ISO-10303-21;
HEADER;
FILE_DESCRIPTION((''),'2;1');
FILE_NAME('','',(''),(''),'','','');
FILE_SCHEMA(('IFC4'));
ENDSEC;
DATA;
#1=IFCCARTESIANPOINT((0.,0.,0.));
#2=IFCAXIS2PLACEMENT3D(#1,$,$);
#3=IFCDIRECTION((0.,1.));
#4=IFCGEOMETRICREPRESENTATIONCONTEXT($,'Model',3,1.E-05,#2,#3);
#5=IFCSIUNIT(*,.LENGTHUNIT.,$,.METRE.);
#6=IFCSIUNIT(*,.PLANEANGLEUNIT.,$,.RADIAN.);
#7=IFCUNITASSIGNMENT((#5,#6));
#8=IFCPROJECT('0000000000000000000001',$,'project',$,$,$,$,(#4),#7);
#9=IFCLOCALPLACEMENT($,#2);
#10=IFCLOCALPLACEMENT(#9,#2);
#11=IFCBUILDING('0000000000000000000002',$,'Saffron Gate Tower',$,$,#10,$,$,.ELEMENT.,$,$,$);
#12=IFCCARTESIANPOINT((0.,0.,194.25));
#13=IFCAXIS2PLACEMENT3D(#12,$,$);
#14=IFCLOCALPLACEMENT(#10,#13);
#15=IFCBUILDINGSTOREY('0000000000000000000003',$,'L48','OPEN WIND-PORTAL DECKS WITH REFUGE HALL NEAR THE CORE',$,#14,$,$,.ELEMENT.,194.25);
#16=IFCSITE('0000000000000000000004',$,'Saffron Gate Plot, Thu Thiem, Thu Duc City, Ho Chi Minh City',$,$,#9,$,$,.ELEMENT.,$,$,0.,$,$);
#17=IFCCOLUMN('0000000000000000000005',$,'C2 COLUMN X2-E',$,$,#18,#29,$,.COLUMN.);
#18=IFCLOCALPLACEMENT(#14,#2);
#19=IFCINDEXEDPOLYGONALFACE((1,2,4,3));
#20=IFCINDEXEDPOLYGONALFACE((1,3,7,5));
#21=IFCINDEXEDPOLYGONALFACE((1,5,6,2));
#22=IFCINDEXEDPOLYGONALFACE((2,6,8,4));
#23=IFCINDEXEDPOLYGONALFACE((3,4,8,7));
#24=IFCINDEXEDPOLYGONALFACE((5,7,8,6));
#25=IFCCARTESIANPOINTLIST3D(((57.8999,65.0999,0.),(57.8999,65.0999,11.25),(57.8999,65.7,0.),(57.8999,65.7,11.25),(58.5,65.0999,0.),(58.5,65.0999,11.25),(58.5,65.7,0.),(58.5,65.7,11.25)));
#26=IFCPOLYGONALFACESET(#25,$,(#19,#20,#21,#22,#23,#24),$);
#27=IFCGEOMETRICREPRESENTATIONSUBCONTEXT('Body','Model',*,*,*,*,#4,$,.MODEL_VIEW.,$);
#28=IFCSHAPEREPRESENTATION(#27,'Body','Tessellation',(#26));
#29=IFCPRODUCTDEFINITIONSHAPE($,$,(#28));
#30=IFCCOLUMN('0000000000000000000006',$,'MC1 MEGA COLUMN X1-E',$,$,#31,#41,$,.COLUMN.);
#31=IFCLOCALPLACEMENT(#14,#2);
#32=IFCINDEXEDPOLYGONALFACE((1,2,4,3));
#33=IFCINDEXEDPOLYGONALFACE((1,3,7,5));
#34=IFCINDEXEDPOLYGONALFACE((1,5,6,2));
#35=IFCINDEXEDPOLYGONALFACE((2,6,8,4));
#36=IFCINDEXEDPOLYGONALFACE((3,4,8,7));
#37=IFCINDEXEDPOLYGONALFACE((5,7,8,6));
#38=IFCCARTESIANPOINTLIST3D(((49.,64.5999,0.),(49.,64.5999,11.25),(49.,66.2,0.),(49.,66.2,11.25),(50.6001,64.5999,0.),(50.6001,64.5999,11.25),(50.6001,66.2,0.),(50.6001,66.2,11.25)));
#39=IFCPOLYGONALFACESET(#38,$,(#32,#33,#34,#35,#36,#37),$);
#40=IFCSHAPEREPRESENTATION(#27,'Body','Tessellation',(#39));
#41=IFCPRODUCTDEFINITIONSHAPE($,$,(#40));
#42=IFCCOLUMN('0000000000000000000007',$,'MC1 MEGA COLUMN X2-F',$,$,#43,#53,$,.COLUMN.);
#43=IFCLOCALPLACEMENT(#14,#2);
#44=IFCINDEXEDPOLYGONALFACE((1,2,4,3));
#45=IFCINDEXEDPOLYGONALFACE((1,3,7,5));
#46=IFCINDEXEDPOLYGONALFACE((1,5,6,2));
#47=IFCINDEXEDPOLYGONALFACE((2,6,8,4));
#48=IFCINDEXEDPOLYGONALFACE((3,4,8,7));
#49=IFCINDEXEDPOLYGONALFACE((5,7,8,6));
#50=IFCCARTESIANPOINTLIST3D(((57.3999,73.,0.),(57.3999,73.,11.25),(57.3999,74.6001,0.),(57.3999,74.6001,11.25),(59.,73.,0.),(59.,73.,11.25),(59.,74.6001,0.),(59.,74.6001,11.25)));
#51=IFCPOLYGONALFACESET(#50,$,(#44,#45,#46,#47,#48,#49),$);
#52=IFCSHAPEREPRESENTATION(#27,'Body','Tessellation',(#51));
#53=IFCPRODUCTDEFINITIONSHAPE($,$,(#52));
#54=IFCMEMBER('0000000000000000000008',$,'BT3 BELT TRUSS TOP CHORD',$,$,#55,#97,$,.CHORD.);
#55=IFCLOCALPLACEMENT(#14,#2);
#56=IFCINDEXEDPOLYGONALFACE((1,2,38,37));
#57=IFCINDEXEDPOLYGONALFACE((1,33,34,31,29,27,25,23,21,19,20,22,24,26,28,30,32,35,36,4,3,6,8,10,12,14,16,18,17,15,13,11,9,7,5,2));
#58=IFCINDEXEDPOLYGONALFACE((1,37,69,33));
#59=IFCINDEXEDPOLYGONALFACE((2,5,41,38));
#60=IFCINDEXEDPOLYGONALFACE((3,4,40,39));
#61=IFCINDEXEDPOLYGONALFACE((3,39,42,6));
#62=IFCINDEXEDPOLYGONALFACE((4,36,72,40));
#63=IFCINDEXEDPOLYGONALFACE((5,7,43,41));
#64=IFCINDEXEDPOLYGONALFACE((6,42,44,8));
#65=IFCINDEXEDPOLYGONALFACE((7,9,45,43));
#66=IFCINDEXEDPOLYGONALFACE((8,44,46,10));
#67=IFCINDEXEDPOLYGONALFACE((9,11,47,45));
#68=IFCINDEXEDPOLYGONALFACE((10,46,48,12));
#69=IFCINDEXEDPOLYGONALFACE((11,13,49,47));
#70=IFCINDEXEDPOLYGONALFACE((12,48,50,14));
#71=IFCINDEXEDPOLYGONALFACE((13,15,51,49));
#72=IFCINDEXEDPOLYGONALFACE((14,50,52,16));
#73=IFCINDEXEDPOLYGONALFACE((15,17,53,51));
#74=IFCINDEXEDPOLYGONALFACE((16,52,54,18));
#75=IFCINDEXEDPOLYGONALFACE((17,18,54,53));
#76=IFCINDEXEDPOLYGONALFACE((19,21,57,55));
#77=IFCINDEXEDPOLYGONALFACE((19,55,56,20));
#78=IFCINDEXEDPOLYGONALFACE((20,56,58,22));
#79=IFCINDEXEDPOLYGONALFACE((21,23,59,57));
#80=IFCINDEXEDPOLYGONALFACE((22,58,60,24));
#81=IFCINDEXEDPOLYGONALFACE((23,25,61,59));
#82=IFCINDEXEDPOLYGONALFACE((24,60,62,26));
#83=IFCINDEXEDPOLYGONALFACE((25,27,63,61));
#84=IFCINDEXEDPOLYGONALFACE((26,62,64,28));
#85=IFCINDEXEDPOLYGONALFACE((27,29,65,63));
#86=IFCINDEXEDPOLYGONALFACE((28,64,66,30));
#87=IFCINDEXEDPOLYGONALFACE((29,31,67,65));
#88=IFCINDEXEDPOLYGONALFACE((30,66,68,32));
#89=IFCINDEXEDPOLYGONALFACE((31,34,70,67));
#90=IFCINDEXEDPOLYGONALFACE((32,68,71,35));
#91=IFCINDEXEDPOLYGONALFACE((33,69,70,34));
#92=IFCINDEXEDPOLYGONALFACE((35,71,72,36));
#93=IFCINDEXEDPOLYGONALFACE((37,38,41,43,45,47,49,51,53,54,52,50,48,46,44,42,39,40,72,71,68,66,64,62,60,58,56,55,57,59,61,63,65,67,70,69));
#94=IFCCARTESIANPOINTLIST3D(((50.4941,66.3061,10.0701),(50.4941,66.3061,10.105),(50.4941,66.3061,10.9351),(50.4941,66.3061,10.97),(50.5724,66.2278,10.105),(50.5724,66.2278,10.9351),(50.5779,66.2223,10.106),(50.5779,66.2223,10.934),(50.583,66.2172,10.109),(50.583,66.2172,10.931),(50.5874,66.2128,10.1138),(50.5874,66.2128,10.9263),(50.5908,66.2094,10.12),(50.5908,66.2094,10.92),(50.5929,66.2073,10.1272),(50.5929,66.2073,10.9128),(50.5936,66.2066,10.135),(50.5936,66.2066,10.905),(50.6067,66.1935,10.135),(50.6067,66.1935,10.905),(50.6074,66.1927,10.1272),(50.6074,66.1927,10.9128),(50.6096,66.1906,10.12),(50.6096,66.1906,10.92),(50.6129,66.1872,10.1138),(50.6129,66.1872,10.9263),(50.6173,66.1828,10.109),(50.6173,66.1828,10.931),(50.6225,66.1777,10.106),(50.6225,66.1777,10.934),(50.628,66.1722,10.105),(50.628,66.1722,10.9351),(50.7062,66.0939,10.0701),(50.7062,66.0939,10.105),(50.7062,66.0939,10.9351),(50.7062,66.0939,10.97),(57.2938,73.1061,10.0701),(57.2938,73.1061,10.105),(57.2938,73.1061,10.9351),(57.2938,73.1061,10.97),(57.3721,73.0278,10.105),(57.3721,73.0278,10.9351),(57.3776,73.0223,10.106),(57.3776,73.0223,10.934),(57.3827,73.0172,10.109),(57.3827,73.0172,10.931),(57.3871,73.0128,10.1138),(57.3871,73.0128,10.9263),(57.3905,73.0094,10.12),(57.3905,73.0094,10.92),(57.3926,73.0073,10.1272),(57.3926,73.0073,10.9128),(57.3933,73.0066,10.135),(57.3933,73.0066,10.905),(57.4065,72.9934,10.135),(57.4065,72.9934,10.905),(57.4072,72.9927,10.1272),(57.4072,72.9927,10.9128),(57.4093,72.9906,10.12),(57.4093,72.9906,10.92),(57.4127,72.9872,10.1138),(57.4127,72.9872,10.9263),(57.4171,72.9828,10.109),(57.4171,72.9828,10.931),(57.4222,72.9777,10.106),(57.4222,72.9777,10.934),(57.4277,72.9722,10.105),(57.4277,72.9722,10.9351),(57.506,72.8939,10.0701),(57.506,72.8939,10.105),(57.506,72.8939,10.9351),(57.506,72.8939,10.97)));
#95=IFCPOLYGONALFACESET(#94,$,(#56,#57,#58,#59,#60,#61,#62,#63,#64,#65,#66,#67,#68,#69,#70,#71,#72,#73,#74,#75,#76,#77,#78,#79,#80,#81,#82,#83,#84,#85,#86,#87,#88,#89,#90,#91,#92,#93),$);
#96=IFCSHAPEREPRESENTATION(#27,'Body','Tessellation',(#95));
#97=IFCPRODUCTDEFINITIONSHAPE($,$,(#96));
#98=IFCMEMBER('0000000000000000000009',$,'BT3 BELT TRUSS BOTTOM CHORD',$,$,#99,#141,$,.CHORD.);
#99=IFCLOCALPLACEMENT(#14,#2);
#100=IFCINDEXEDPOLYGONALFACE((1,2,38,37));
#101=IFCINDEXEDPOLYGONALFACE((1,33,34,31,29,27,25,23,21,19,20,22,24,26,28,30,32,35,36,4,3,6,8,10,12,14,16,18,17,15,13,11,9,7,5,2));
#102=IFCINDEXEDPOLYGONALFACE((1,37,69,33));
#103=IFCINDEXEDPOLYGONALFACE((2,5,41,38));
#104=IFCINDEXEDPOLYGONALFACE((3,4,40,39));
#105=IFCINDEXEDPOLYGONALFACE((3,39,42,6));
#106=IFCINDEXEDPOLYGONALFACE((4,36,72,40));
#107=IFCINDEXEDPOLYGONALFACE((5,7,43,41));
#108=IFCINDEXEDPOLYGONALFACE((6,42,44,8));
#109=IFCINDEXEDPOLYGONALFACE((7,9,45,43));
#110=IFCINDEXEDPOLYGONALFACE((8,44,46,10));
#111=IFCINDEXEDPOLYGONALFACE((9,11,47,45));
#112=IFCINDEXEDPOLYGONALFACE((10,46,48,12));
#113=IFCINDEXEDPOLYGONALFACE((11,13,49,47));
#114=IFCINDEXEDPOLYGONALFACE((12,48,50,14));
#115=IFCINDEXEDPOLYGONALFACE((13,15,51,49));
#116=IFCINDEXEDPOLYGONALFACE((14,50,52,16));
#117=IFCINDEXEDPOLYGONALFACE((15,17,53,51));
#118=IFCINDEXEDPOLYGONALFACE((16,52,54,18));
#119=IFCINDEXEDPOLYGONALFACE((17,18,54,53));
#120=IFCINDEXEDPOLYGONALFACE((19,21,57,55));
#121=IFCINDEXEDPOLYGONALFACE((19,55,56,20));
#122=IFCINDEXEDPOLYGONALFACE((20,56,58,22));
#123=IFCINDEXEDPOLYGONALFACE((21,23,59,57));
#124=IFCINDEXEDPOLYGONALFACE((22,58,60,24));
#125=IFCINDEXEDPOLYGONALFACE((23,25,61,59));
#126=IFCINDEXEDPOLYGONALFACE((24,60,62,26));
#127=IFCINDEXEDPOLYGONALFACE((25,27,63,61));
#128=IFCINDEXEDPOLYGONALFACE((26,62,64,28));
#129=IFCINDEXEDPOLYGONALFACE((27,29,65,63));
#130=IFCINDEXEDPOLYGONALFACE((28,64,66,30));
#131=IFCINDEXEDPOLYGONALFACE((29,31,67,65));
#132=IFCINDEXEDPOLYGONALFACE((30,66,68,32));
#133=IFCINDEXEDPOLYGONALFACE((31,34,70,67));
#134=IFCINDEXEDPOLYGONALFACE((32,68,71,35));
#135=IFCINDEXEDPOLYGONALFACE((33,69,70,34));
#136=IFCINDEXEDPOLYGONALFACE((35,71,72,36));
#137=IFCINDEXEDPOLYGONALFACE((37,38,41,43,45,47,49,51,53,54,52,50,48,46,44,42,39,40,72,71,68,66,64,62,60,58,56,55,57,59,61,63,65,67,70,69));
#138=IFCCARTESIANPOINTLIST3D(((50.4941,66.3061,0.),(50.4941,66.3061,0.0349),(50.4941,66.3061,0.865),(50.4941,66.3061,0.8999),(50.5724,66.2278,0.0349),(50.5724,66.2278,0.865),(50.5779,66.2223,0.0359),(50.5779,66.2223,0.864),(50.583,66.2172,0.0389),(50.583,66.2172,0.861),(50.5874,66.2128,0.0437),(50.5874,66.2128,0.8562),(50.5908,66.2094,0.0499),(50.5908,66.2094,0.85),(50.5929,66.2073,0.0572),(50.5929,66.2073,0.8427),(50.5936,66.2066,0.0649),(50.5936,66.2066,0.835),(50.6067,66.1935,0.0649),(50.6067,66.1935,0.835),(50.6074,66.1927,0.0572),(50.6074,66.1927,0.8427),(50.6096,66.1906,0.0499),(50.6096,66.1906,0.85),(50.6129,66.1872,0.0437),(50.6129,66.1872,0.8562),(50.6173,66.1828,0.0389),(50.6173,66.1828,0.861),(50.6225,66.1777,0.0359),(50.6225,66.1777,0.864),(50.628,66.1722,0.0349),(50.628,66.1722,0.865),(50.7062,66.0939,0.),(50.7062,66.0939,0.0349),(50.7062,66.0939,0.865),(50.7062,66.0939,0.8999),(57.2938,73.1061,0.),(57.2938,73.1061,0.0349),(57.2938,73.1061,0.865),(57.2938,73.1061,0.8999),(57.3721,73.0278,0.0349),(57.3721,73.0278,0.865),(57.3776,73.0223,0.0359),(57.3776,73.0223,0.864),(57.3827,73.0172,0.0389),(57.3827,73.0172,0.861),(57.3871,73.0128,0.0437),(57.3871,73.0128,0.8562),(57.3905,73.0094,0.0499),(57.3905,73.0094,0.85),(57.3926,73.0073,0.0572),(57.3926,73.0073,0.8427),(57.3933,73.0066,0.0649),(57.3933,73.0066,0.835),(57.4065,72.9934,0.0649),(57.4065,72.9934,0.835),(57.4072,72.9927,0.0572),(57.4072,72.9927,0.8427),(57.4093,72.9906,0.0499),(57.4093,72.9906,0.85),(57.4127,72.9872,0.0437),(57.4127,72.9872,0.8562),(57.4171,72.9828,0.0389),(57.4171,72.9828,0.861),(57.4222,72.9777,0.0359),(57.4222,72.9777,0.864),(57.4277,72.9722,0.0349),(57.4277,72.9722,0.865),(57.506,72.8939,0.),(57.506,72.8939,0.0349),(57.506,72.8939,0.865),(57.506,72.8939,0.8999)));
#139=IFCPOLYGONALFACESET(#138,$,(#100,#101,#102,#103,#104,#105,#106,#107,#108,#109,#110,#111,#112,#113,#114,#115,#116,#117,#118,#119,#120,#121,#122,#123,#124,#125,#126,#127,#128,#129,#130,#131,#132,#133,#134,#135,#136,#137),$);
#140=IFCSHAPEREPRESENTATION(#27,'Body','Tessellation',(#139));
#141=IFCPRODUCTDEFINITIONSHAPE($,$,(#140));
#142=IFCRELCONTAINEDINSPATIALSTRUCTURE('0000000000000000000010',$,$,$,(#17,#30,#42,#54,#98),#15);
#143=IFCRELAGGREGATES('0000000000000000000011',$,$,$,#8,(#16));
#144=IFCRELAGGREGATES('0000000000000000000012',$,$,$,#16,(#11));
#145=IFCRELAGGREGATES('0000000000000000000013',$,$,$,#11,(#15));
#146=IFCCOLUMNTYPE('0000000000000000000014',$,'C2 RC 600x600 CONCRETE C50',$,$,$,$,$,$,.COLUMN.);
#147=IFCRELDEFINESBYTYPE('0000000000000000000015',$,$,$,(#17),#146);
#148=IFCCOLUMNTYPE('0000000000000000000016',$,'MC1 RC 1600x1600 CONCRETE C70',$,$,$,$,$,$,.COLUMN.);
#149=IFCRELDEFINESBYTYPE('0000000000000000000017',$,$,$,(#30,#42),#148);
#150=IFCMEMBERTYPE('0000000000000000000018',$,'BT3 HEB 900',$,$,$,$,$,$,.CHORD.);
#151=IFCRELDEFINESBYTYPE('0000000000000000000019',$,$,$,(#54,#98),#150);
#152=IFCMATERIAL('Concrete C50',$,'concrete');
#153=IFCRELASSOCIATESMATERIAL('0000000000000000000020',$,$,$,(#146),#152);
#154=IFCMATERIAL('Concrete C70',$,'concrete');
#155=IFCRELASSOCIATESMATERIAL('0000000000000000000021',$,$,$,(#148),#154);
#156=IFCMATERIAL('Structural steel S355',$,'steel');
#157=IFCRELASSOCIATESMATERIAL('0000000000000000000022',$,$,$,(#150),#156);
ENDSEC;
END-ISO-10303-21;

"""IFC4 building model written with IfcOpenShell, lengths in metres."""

from ifc_helpers import new_model, si_unit, direction, frame, origin, origin_2d, place, context, subcontext, project, spatial, rectangle, i_section, extrude, material, material_profile, profile_set, type_object, element, save


model = new_model("IFC4")

# Units and contexts
model_context = context("Model", 3, precision=1e-05, world=origin(), true_north=direction((0.0, 1.0)))
body_context = subcontext(model_context, "Body", "Model", "MODEL_VIEW")
ifc_project = project(units=[si_unit("LENGTHUNIT", "METRE"), si_unit("PLANEANGLEUNIT", "RADIAN")], contexts=[model_context])

# Site, building, storey
site_placement = place(None, origin())
site = spatial("IfcSite", under=ifc_project, at=site_placement, Name="Saffron Gate Plot, Thu Thiem, Thu Duc City, Ho Chi Minh City", CompositionType="ELEMENT", RefElevation=0.0)
building_placement = place(site_placement, origin())
building = spatial("IfcBuilding", under=site, at=building_placement, Name="Saffron Gate Tower", CompositionType="ELEMENT")
storey_placement = place(building_placement, frame((0.0, 0.0, 194.25)))
storey = spatial("IfcBuildingStorey", under=building, at=storey_placement, Name="L48", Description="OPEN WIND-PORTAL DECKS WITH REFUGE HALL NEAR THE CORE", CompositionType="ELEMENT", Elevation=194.25)

# Columns
ifc_material_1 = material(Name="Concrete C50", Category="concrete")
ifc_material_profile_1 = material_profile(ifc_material_1, rectangle(XDim=0.6001, YDim=0.6001, at=origin_2d()))
ifc_profile_set_1 = profile_set([ifc_material_profile_1], Name="Concrete C50")
column_type_1 = type_object("IfcColumnType", Name="C2 RC 600x600 CONCRETE C50", PredefinedType="COLUMN", material=ifc_profile_set_1)
column_placement = place(storey_placement, frame((58.2, 65.3999, 0.0), z_axis=(0.0, 0.0, 1.0), x_axis=(1.0, 0.0, 0.0)))
element("IfcColumn", 1, at=column_placement, inside=storey, type_object=column_type_1, Name="C2 COLUMN X2-E", PredefinedType="COLUMN", context=body_context, shape_type="SweptSolid", body=[
    extrude(rectangle(XDim=0.6001, YDim=0.6001, at=origin_2d()), origin(), (0.0, 0.0, 1.0), 11.25),
])
ifc_material_2 = material(Name="Concrete C70", Category="concrete")
ifc_material_profile_2 = material_profile(ifc_material_2, rectangle(XDim=1.6001, YDim=1.6001, at=origin_2d()))
ifc_profile_set_2 = profile_set([ifc_material_profile_2], Name="Concrete C70")
column_type_2 = type_object("IfcColumnType", Name="MC1 RC 1600x1600 CONCRETE C70", PredefinedType="COLUMN", material=ifc_profile_set_2)
for number, where, z_axis, x_axis, name in (
    (2, (49.8, 65.3999, 0.0), (0.0, 0.0, 1.0), (1.0, 0.0, 0.0), "MC1 MEGA COLUMN X1-E"),
    (3, (58.2, 73.8, 0.0), (0.0, 0.0, 1.0), (1.0, 0.0, 0.0), "MC1 MEGA COLUMN X2-F"),
):
    element("IfcColumn", number, at=place(storey_placement, frame(where, z_axis=z_axis, x_axis=x_axis)), inside=storey, type_object=column_type_2, Name=name, PredefinedType="COLUMN", context=body_context, shape_type="SweptSolid", body=[
        extrude(rectangle(XDim=1.6001, YDim=1.6001, at=origin_2d()), origin(), (0.0, 0.0, 1.0), 11.25),
    ])

# Members
ifc_material_3 = material(Name="Structural steel S355", Category="steel")
ifc_material_profile_3 = material_profile(ifc_material_3, i_section(OverallWidth=0.3, OverallDepth=0.8999, WebThickness=0.0186, FlangeThickness=0.0349, FilletRadius=0.03, at=origin_2d()))
ifc_profile_set_3 = profile_set([ifc_material_profile_3], Name="Structural steel S355")
member_type_1 = type_object("IfcMemberType", Name="BT3 HEB 900", PredefinedType="CHORD", material=ifc_profile_set_3)
for number, where, z_axis, x_axis, name in (
    (4, (57.3999, 73.0, 10.52), (-0.707094, -0.707119, 0.0), (0.707119, -0.707094, 0.0), "BT3 BELT TRUSS TOP CHORD"),
    (5, (57.3999, 73.0, 0.45), (-0.707094, -0.707119, 0.0), (0.707119, -0.707094, 0.0), "BT3 BELT TRUSS BOTTOM CHORD"),
):
    element("IfcMember", number, at=place(storey_placement, frame(where, z_axis=z_axis, x_axis=x_axis)), inside=storey, type_object=member_type_1, Name=name, PredefinedType="CHORD", context=body_context, shape_type="SweptSolid", body=[
        extrude(i_section(OverallWidth=0.3, OverallDepth=0.8999, WebThickness=0.0186, FlangeThickness=0.0349, FilletRadius=0.03, at=origin_2d()), origin(), (0.0, 0.0, 1.0), 9.6165),
    ])

save(model, "model.ifc")
